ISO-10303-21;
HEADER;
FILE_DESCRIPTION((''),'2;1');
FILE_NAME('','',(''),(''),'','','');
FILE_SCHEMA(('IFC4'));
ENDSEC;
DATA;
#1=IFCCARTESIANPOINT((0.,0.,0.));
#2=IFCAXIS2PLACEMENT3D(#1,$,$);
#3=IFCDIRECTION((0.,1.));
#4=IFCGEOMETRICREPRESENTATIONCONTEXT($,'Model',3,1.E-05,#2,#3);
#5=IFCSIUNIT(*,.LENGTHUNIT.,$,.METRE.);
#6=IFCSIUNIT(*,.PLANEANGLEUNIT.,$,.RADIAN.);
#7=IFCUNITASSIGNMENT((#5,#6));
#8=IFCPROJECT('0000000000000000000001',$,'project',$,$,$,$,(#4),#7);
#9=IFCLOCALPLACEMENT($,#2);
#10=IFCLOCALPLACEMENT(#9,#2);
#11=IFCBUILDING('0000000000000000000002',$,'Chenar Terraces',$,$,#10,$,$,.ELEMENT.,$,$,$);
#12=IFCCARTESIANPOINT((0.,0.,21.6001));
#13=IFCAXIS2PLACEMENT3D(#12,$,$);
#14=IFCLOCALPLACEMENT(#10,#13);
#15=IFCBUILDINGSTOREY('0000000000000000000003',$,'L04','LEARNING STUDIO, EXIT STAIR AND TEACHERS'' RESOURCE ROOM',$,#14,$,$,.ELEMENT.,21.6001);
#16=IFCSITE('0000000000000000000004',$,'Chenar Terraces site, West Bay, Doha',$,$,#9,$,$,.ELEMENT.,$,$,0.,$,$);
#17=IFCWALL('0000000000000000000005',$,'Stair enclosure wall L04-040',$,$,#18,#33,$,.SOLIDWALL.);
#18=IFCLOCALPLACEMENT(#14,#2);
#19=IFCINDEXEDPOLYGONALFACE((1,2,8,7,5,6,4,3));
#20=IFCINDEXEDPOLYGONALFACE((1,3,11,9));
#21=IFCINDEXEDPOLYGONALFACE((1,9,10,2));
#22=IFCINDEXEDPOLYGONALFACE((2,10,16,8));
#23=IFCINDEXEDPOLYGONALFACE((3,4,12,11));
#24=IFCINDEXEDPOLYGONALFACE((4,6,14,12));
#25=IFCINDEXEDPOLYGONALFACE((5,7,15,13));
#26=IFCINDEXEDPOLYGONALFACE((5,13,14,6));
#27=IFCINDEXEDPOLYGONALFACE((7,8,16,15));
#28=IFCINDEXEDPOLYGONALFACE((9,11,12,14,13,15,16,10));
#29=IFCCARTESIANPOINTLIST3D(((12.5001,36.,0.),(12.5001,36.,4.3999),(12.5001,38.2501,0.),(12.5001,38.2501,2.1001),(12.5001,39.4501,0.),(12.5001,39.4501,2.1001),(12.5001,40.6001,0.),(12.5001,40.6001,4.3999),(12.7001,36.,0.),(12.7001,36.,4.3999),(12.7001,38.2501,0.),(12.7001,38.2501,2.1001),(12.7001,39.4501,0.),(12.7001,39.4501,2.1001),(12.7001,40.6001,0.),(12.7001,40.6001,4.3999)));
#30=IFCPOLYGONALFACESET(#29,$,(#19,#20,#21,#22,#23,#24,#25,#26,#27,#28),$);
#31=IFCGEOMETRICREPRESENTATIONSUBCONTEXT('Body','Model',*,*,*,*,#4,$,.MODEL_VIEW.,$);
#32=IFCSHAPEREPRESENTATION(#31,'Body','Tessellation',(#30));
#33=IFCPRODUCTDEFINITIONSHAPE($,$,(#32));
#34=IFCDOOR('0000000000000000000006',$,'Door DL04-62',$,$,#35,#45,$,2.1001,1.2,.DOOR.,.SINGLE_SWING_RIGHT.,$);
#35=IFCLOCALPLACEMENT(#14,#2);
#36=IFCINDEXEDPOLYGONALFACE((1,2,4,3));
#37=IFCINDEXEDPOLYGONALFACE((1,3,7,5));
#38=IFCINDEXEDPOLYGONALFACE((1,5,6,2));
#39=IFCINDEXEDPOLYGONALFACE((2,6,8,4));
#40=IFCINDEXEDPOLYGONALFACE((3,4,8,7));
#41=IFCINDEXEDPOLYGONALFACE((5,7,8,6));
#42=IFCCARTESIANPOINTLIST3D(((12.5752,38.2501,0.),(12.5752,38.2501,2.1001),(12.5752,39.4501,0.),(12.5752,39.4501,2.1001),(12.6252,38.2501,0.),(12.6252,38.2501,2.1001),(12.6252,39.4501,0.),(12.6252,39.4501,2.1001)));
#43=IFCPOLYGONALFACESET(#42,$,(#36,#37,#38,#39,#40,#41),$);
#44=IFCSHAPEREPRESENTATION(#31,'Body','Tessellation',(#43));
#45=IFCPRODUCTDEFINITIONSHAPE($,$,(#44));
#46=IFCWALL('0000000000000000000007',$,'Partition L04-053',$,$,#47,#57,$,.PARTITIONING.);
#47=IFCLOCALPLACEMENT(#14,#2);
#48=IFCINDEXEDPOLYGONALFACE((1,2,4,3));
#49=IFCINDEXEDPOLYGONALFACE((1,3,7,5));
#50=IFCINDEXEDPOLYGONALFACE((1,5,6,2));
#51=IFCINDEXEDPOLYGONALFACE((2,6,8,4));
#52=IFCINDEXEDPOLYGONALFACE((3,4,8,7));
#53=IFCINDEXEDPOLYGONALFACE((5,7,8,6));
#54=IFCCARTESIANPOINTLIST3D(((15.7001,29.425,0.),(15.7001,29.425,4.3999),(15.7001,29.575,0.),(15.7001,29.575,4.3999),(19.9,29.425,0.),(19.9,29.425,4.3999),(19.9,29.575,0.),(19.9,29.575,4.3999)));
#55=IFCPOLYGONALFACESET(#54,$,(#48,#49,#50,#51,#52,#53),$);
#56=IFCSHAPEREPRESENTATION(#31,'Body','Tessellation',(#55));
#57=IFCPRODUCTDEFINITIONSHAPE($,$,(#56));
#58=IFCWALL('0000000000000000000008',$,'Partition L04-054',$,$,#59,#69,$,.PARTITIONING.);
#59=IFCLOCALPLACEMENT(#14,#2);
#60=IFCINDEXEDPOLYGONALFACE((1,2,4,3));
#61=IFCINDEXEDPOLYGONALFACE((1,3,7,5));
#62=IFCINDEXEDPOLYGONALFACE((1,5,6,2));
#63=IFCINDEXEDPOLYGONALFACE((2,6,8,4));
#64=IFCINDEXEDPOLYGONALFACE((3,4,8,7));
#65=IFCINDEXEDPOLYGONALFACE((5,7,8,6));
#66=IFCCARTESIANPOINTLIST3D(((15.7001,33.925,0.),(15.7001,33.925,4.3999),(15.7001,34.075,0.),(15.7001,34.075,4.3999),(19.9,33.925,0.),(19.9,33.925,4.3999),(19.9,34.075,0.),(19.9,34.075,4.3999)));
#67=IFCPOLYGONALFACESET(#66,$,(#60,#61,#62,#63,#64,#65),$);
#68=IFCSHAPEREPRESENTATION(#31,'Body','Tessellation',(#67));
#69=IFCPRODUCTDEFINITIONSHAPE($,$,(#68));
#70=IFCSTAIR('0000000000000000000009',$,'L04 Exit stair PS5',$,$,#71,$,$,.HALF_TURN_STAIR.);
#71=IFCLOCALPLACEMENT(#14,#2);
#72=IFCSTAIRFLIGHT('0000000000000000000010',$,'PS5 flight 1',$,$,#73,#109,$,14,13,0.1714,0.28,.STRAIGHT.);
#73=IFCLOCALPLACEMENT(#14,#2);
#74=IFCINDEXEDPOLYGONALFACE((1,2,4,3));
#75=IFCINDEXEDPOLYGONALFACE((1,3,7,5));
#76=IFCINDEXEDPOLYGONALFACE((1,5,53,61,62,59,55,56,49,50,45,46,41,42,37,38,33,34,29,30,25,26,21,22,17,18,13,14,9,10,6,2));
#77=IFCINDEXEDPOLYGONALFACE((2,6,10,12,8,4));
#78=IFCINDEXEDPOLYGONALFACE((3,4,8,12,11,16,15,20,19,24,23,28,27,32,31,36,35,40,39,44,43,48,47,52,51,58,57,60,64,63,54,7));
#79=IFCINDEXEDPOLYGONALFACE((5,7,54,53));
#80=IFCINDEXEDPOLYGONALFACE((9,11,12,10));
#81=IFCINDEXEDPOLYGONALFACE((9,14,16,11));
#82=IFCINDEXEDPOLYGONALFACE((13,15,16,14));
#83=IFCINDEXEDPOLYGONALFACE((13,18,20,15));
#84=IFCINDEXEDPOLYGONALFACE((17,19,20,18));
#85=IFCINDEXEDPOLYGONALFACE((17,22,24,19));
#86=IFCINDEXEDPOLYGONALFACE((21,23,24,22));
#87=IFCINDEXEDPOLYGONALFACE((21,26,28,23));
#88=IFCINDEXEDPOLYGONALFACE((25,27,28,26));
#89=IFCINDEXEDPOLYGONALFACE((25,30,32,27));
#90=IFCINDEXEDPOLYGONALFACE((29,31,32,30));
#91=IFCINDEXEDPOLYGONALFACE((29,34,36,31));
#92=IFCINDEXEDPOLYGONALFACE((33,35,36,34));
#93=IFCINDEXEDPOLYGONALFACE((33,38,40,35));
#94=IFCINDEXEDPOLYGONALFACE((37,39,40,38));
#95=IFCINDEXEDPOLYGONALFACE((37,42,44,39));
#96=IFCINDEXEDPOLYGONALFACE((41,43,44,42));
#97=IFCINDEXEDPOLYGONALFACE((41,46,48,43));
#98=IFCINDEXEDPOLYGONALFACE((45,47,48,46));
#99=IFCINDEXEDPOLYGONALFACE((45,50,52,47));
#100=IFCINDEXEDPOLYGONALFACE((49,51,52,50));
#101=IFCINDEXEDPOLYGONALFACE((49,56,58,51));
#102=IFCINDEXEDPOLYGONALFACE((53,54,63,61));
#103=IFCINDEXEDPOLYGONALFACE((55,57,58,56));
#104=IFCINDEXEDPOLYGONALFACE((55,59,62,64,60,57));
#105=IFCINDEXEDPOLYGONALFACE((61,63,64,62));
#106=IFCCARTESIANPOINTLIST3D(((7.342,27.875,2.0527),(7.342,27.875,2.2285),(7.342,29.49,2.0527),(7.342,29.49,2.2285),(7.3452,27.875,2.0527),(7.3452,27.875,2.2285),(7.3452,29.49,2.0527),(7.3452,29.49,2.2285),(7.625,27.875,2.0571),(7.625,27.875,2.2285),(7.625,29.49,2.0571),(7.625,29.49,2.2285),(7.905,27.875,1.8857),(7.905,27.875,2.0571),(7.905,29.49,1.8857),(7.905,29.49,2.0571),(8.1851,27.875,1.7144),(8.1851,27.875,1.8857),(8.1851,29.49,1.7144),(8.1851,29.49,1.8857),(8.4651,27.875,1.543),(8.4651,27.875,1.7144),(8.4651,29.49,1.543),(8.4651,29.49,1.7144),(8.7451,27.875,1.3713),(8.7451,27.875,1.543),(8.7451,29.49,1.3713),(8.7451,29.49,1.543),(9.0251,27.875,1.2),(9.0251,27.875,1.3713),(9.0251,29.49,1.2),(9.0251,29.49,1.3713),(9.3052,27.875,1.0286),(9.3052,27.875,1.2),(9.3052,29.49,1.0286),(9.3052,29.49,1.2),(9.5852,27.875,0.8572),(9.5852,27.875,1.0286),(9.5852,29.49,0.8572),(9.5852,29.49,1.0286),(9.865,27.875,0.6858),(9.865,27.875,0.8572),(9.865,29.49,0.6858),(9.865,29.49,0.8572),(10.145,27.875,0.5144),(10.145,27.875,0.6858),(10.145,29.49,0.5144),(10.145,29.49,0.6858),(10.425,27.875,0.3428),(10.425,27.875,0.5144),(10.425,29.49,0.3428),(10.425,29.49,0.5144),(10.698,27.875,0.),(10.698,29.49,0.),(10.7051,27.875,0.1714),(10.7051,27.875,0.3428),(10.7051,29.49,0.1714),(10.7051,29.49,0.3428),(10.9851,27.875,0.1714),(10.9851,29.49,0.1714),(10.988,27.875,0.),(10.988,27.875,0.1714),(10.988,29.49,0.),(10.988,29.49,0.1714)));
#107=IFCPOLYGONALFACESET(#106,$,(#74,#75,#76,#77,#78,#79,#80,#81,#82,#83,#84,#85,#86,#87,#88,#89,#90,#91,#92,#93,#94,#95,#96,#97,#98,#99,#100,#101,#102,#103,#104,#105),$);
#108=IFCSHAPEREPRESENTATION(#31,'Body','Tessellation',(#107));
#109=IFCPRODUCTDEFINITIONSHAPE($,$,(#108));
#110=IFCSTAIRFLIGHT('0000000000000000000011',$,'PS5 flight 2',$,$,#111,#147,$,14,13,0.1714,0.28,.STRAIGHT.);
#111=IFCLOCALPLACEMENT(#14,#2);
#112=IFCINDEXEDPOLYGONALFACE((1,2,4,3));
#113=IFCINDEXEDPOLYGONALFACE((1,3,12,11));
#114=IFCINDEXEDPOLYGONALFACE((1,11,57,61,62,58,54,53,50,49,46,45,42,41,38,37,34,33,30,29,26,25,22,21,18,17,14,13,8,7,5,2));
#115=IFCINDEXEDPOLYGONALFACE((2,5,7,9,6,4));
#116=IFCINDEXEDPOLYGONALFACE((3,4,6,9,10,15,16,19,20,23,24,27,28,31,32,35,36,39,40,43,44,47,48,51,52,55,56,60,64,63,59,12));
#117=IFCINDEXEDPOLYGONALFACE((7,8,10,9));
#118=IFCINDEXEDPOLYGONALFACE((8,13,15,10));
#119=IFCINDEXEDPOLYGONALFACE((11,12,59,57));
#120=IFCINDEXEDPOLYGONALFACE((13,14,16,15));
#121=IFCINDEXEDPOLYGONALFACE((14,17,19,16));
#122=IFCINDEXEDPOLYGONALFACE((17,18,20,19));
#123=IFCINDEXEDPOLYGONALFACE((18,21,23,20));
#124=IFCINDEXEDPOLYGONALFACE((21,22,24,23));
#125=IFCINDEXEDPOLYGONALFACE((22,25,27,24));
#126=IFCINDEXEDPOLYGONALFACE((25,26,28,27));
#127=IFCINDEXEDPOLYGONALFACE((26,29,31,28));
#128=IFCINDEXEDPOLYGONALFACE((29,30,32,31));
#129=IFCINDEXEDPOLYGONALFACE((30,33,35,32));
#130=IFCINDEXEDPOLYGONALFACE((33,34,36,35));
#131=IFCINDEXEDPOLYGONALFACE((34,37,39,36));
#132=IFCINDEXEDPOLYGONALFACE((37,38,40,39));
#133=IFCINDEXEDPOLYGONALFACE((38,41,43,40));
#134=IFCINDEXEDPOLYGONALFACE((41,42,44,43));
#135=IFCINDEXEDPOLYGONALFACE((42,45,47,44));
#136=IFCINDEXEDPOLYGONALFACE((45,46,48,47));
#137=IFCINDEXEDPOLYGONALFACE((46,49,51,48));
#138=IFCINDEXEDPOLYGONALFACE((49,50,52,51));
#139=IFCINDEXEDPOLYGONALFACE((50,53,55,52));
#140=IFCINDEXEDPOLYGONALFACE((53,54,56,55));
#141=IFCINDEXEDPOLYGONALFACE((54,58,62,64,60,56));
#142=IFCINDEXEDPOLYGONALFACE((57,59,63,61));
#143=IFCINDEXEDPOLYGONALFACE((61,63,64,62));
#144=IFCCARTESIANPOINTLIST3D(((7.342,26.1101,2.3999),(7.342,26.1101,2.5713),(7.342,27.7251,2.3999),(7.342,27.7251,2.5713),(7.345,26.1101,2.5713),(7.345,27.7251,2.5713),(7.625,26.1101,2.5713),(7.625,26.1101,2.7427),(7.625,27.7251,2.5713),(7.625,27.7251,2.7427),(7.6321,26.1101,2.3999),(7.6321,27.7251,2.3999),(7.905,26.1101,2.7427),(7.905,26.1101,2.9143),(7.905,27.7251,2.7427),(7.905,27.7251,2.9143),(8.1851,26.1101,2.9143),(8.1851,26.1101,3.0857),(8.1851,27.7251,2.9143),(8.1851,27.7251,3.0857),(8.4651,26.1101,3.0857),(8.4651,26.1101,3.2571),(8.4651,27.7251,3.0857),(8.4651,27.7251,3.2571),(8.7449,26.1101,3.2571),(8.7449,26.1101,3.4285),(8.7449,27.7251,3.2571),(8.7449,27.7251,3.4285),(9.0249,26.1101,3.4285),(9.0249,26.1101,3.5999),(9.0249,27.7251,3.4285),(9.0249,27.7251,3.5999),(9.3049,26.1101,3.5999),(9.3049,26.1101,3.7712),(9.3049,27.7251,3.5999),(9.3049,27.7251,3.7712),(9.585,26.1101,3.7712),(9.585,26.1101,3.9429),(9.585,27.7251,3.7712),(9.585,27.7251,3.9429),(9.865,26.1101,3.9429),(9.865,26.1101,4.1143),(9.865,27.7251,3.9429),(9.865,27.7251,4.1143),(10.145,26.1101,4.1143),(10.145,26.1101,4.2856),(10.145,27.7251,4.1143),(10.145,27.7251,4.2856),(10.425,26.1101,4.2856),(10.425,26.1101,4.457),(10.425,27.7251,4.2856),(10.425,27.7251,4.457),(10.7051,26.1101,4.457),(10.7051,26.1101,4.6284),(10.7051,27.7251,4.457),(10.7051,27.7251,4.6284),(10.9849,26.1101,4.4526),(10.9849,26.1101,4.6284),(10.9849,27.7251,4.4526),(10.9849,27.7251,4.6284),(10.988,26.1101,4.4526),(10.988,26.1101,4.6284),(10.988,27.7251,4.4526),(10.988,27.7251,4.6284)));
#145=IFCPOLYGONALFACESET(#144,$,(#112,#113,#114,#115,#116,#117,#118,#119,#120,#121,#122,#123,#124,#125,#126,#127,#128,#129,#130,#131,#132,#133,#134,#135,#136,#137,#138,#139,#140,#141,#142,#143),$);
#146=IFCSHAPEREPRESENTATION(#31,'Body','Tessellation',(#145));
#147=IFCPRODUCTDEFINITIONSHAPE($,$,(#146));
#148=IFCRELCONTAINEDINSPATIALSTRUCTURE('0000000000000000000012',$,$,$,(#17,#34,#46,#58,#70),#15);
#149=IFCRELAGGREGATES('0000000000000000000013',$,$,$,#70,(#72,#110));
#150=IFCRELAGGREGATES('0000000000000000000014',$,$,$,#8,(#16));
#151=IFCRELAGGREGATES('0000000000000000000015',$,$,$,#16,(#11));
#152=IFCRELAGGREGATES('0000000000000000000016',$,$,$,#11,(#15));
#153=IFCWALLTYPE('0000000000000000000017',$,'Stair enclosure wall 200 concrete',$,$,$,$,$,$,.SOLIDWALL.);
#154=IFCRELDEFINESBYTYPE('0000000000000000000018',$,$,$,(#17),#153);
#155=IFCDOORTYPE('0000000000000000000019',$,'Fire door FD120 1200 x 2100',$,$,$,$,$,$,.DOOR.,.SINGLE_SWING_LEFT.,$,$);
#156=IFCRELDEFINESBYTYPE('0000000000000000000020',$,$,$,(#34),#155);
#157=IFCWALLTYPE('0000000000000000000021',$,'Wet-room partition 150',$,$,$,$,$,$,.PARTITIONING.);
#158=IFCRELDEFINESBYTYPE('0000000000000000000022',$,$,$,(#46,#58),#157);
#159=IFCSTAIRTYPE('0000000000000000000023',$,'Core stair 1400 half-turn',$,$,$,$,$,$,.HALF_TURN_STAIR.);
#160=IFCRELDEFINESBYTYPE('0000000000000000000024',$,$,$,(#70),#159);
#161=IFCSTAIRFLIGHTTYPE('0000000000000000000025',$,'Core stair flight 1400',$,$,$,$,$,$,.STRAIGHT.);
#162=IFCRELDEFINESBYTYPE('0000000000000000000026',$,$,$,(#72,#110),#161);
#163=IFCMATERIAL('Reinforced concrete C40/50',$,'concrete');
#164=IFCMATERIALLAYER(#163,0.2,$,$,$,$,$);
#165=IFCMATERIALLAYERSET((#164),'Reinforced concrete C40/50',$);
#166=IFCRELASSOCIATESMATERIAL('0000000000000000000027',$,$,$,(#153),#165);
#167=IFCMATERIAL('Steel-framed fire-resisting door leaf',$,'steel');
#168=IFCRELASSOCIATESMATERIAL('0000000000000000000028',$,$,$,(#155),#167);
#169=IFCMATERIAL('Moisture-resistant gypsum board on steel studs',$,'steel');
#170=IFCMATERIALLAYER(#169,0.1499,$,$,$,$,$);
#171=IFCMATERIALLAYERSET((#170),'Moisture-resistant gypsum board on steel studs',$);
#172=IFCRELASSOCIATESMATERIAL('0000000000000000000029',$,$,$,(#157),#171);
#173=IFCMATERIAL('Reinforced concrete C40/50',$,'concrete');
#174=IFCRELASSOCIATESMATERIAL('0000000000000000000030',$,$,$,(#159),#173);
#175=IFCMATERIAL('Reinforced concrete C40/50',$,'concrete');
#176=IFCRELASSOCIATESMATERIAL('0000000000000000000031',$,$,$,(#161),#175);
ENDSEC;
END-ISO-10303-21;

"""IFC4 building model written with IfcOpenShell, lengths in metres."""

from ifc_helpers import new_model, si_unit, direction, frame, frame_2d, origin, place, context, subcontext, project, spatial, polyline, rectangle, outline, extrude, material, layer, layer_set, type_object, element, fill, aggregate, save


model = new_model("IFC4")

# Units and contexts
model_context = context("Model", 3, precision=1e-05, world=origin(), true_north=direction((0.0, 1.0)))
body_context = subcontext(model_context, "Body", "Model", "MODEL_VIEW")
ifc_project = project(units=[si_unit("LENGTHUNIT", "METRE"), si_unit("PLANEANGLEUNIT", "RADIAN")], contexts=[model_context])

# Site, building, storey
site_placement = place(None, origin())
site = spatial("IfcSite", under=ifc_project, at=site_placement, Name="Chenar Terraces site, West Bay, Doha", CompositionType="ELEMENT", RefElevation=0.0)
building_placement = place(site_placement, origin())
building = spatial("IfcBuilding", under=site, at=building_placement, Name="Chenar Terraces", CompositionType="ELEMENT")
storey_placement = place(building_placement, frame((0.0, 0.0, 21.6001)))
storey = spatial("IfcBuildingStorey", under=building, at=storey_placement, Name="L04", Description="LEARNING STUDIO, EXIT STAIR AND TEACHERS' RESOURCE ROOM", CompositionType="ELEMENT", Elevation=21.6001)

# Wall, opening, door
ifc_material_1 = material(Name="Reinforced concrete C40/50", Category="concrete")
ifc_layer_1 = layer(ifc_material_1, 0.2)
ifc_layer_set_1 = layer_set([ifc_layer_1], Name="Reinforced concrete C40/50")
wall_type_1 = type_object("IfcWallType", Name="Stair enclosure wall 200 concrete", PredefinedType="SOLIDWALL", material=ifc_layer_set_1)
wall_1_placement = place(storey_placement, frame((12.6001, 36.0, 0.0), z_axis=(0.0, 0.0, 1.0), x_axis=(0.0, 1.0, 0.0)))
wall_1 = element("IfcWall", 1, at=wall_1_placement, inside=storey, type_object=wall_type_1, Name="Stair enclosure wall L04-040", PredefinedType="SOLIDWALL", context=body_context, shape_type="SweptSolid", body=[
    extrude(rectangle(XDim=4.6001, YDim=0.2, at=frame_2d((2.3, 0.0))), origin(), (0.0, 0.0, 1.0), 4.3999),
])
opening_1_placement = place(wall_1_placement, frame((2.25, 0.0, 0.0)))
opening_1 = element("IfcOpeningElement", 2, at=opening_1_placement, cuts=wall_1, PredefinedType="OPENING", context=body_context, shape_type="SweptSolid", body=[
    extrude(rectangle(XDim=1.2, YDim=2.1001, at=frame_2d((0.6001, 1.05))), frame((0.0, 0.1099, 0.0), z_axis=(0.0, -1.0, 0.0), x_axis=(1.0, 0.0, 0.0)), (0.0, 0.0, 1.0), 0.22),
])
ifc_material_2 = material(Name="Steel-framed fire-resisting door leaf", Category="steel")
door_type_1 = type_object("IfcDoorType", Name="Fire door FD120 1200 x 2100", OperationType="SINGLE_SWING_LEFT", PredefinedType="DOOR", material=ifc_material_2)
door_1_placement = place(opening_1_placement, origin())
door_1 = element("IfcDoor", 3, at=door_1_placement, inside=storey, type_object=door_type_1, Name="Door DL04-62", OperationType="SINGLE_SWING_RIGHT", OverallHeight=2.1001, OverallWidth=1.2, PredefinedType="DOOR", context=body_context, shape_type="SweptSolid", body=[
    extrude(rectangle(XDim=1.2, YDim=2.1001, at=frame_2d((0.6001, 1.05))), frame((0.0, 0.0249, 0.0), z_axis=(0.0, -1.0, 0.0), x_axis=(1.0, 0.0, 0.0)), (0.0, 0.0, 1.0), 0.05),
])
fill(opening_1, door_1)

# Walls
ifc_material_3 = material(Name="Moisture-resistant gypsum board on steel studs", Category="steel")
ifc_layer_2 = layer(ifc_material_3, 0.1499)
ifc_layer_set_2 = layer_set([ifc_layer_2], Name="Moisture-resistant gypsum board on steel studs")
wall_type_2 = type_object("IfcWallType", Name="Wet-room partition 150", PredefinedType="PARTITIONING", material=ifc_layer_set_2)
for number, where, z_axis, x_axis, name in (
    (4, (15.7, 29.5, 0.0), (0.0, 0.0, 1.0), (1.0, 0.0, 0.0), "Partition L04-053"),
    (5, (15.7, 34.0, 0.0), (0.0, 0.0, 1.0), (1.0, 0.0, 0.0), "Partition L04-054"),
):
    element("IfcWall", number, at=place(storey_placement, frame(where, z_axis=z_axis, x_axis=x_axis)), inside=storey, type_object=wall_type_2, Name=name, PredefinedType="PARTITIONING", context=body_context, shape_type="SweptSolid", body=[
        extrude(rectangle(XDim=4.2, YDim=0.1499, at=frame_2d((2.1001, 0.0))), origin(), (0.0, 0.0, 1.0), 4.3999),
    ])

# Stair, stair flights
ifc_material_4 = material(Name="Reinforced concrete C40/50", Category="concrete")
stair_type = type_object("IfcStairType", Name="Core stair 1400 half-turn", PredefinedType="HALF_TURN_STAIR", material=ifc_material_4)
stair_placement = place(storey_placement, origin())
stair = element("IfcStair", 6, at=stair_placement, inside=storey, type_object=stair_type, Name="L04 Exit stair PS5", PredefinedType="HALF_TURN_STAIR")
ifc_material_5 = material(Name="Reinforced concrete C40/50", Category="concrete")
stair_flight_type = type_object("IfcStairFlightType", Name="Core stair flight 1400", PredefinedType="STRAIGHT", material=ifc_material_5)
stair_flight_1_placement = place(storey_placement, frame((10.9851, 28.6826, 0.0), z_axis=(0.0, 0.0, 1.0), x_axis=(-1.0, 0.0, 0.0)))
stair_flight_1 = element("IfcStairFlight", 7, at=stair_flight_1_placement, type_object=stair_flight_type, Name="PS5 flight 1", NumberOfRisers=14, NumberOfTreads=13, PredefinedType="STRAIGHT", RiserHeight=0.1714, TreadLength=0.28, context=body_context, shape_type="SweptSolid", body=[
    extrude(outline(polyline([(-0.0029, 0.0), (-0.0029, 0.1714), (0.0, 0.1714), (0.28, 0.1714), (0.28, 0.3428), (0.5601, 0.3428), (0.5601, 0.5144), (0.8401, 0.5144), (0.8401, 0.6858), (1.1201, 0.6858), (1.1201, 0.8572), (1.3999, 0.8572), (1.3999, 1.0286), (1.6799, 1.0286), (1.6799, 1.2), (1.96, 1.2), (1.96, 1.3713), (2.24, 1.3713), (2.24, 1.543), (2.52, 1.543), (2.52, 1.7144), (2.8, 1.7144), (2.8, 1.8857), (3.0801, 1.8857), (3.0801, 2.0571), (3.3601, 2.0571), (3.3601, 2.2285), (3.6399, 2.2285), (3.6431, 2.2285), (3.6431, 2.0527), (3.6399, 2.0527), (0.2871, 0.0), (-0.0029, 0.0)])), frame((0.0, 0.8076, 0.0), z_axis=(0.0, -1.0, 0.0), x_axis=(1.0, 0.0, 0.0)), (0.0, 0.0, 1.0), 1.615),
])
stair_flight_2_placement = place(storey_placement, frame((7.345, 26.9175, 2.3999), z_axis=(0.0, 0.0, 1.0), x_axis=(1.0, 0.0, 0.0)))
stair_flight_2 = element("IfcStairFlight", 8, at=stair_flight_2_placement, type_object=stair_flight_type, Name="PS5 flight 2", NumberOfRisers=14, NumberOfTreads=13, PredefinedType="STRAIGHT", RiserHeight=0.1714, TreadLength=0.28, context=body_context, shape_type="SweptSolid", body=[
    extrude(outline(polyline([(-0.0029, 0.0), (-0.0029, 0.1714), (0.0, 0.1714), (0.28, 0.1714), (0.28, 0.3428), (0.5601, 0.3428), (0.5601, 0.5144), (0.8401, 0.5144), (0.8401, 0.6858), (1.1201, 0.6858), (1.1201, 0.8572), (1.3999, 0.8572), (1.3999, 1.0286), (1.6799, 1.0286), (1.6799, 1.2), (1.96, 1.2), (1.96, 1.3713), (2.24, 1.3713), (2.24, 1.543), (2.52, 1.543), (2.52, 1.7144), (2.8, 1.7144), (2.8, 1.8857), (3.0801, 1.8857), (3.0801, 2.0571), (3.3601, 2.0571), (3.3601, 2.2285), (3.6399, 2.2285), (3.6431, 2.2285), (3.6431, 2.0527), (3.6399, 2.0527), (0.2871, 0.0), (-0.0029, 0.0)])), frame((0.0, 0.8076, 0.0), z_axis=(0.0, -1.0, 0.0), x_axis=(1.0, 0.0, 0.0)), (0.0, 0.0, 1.0), 1.615),
])
aggregate(stair, [stair_flight_1, stair_flight_2])

save(model, "model.ifc")
